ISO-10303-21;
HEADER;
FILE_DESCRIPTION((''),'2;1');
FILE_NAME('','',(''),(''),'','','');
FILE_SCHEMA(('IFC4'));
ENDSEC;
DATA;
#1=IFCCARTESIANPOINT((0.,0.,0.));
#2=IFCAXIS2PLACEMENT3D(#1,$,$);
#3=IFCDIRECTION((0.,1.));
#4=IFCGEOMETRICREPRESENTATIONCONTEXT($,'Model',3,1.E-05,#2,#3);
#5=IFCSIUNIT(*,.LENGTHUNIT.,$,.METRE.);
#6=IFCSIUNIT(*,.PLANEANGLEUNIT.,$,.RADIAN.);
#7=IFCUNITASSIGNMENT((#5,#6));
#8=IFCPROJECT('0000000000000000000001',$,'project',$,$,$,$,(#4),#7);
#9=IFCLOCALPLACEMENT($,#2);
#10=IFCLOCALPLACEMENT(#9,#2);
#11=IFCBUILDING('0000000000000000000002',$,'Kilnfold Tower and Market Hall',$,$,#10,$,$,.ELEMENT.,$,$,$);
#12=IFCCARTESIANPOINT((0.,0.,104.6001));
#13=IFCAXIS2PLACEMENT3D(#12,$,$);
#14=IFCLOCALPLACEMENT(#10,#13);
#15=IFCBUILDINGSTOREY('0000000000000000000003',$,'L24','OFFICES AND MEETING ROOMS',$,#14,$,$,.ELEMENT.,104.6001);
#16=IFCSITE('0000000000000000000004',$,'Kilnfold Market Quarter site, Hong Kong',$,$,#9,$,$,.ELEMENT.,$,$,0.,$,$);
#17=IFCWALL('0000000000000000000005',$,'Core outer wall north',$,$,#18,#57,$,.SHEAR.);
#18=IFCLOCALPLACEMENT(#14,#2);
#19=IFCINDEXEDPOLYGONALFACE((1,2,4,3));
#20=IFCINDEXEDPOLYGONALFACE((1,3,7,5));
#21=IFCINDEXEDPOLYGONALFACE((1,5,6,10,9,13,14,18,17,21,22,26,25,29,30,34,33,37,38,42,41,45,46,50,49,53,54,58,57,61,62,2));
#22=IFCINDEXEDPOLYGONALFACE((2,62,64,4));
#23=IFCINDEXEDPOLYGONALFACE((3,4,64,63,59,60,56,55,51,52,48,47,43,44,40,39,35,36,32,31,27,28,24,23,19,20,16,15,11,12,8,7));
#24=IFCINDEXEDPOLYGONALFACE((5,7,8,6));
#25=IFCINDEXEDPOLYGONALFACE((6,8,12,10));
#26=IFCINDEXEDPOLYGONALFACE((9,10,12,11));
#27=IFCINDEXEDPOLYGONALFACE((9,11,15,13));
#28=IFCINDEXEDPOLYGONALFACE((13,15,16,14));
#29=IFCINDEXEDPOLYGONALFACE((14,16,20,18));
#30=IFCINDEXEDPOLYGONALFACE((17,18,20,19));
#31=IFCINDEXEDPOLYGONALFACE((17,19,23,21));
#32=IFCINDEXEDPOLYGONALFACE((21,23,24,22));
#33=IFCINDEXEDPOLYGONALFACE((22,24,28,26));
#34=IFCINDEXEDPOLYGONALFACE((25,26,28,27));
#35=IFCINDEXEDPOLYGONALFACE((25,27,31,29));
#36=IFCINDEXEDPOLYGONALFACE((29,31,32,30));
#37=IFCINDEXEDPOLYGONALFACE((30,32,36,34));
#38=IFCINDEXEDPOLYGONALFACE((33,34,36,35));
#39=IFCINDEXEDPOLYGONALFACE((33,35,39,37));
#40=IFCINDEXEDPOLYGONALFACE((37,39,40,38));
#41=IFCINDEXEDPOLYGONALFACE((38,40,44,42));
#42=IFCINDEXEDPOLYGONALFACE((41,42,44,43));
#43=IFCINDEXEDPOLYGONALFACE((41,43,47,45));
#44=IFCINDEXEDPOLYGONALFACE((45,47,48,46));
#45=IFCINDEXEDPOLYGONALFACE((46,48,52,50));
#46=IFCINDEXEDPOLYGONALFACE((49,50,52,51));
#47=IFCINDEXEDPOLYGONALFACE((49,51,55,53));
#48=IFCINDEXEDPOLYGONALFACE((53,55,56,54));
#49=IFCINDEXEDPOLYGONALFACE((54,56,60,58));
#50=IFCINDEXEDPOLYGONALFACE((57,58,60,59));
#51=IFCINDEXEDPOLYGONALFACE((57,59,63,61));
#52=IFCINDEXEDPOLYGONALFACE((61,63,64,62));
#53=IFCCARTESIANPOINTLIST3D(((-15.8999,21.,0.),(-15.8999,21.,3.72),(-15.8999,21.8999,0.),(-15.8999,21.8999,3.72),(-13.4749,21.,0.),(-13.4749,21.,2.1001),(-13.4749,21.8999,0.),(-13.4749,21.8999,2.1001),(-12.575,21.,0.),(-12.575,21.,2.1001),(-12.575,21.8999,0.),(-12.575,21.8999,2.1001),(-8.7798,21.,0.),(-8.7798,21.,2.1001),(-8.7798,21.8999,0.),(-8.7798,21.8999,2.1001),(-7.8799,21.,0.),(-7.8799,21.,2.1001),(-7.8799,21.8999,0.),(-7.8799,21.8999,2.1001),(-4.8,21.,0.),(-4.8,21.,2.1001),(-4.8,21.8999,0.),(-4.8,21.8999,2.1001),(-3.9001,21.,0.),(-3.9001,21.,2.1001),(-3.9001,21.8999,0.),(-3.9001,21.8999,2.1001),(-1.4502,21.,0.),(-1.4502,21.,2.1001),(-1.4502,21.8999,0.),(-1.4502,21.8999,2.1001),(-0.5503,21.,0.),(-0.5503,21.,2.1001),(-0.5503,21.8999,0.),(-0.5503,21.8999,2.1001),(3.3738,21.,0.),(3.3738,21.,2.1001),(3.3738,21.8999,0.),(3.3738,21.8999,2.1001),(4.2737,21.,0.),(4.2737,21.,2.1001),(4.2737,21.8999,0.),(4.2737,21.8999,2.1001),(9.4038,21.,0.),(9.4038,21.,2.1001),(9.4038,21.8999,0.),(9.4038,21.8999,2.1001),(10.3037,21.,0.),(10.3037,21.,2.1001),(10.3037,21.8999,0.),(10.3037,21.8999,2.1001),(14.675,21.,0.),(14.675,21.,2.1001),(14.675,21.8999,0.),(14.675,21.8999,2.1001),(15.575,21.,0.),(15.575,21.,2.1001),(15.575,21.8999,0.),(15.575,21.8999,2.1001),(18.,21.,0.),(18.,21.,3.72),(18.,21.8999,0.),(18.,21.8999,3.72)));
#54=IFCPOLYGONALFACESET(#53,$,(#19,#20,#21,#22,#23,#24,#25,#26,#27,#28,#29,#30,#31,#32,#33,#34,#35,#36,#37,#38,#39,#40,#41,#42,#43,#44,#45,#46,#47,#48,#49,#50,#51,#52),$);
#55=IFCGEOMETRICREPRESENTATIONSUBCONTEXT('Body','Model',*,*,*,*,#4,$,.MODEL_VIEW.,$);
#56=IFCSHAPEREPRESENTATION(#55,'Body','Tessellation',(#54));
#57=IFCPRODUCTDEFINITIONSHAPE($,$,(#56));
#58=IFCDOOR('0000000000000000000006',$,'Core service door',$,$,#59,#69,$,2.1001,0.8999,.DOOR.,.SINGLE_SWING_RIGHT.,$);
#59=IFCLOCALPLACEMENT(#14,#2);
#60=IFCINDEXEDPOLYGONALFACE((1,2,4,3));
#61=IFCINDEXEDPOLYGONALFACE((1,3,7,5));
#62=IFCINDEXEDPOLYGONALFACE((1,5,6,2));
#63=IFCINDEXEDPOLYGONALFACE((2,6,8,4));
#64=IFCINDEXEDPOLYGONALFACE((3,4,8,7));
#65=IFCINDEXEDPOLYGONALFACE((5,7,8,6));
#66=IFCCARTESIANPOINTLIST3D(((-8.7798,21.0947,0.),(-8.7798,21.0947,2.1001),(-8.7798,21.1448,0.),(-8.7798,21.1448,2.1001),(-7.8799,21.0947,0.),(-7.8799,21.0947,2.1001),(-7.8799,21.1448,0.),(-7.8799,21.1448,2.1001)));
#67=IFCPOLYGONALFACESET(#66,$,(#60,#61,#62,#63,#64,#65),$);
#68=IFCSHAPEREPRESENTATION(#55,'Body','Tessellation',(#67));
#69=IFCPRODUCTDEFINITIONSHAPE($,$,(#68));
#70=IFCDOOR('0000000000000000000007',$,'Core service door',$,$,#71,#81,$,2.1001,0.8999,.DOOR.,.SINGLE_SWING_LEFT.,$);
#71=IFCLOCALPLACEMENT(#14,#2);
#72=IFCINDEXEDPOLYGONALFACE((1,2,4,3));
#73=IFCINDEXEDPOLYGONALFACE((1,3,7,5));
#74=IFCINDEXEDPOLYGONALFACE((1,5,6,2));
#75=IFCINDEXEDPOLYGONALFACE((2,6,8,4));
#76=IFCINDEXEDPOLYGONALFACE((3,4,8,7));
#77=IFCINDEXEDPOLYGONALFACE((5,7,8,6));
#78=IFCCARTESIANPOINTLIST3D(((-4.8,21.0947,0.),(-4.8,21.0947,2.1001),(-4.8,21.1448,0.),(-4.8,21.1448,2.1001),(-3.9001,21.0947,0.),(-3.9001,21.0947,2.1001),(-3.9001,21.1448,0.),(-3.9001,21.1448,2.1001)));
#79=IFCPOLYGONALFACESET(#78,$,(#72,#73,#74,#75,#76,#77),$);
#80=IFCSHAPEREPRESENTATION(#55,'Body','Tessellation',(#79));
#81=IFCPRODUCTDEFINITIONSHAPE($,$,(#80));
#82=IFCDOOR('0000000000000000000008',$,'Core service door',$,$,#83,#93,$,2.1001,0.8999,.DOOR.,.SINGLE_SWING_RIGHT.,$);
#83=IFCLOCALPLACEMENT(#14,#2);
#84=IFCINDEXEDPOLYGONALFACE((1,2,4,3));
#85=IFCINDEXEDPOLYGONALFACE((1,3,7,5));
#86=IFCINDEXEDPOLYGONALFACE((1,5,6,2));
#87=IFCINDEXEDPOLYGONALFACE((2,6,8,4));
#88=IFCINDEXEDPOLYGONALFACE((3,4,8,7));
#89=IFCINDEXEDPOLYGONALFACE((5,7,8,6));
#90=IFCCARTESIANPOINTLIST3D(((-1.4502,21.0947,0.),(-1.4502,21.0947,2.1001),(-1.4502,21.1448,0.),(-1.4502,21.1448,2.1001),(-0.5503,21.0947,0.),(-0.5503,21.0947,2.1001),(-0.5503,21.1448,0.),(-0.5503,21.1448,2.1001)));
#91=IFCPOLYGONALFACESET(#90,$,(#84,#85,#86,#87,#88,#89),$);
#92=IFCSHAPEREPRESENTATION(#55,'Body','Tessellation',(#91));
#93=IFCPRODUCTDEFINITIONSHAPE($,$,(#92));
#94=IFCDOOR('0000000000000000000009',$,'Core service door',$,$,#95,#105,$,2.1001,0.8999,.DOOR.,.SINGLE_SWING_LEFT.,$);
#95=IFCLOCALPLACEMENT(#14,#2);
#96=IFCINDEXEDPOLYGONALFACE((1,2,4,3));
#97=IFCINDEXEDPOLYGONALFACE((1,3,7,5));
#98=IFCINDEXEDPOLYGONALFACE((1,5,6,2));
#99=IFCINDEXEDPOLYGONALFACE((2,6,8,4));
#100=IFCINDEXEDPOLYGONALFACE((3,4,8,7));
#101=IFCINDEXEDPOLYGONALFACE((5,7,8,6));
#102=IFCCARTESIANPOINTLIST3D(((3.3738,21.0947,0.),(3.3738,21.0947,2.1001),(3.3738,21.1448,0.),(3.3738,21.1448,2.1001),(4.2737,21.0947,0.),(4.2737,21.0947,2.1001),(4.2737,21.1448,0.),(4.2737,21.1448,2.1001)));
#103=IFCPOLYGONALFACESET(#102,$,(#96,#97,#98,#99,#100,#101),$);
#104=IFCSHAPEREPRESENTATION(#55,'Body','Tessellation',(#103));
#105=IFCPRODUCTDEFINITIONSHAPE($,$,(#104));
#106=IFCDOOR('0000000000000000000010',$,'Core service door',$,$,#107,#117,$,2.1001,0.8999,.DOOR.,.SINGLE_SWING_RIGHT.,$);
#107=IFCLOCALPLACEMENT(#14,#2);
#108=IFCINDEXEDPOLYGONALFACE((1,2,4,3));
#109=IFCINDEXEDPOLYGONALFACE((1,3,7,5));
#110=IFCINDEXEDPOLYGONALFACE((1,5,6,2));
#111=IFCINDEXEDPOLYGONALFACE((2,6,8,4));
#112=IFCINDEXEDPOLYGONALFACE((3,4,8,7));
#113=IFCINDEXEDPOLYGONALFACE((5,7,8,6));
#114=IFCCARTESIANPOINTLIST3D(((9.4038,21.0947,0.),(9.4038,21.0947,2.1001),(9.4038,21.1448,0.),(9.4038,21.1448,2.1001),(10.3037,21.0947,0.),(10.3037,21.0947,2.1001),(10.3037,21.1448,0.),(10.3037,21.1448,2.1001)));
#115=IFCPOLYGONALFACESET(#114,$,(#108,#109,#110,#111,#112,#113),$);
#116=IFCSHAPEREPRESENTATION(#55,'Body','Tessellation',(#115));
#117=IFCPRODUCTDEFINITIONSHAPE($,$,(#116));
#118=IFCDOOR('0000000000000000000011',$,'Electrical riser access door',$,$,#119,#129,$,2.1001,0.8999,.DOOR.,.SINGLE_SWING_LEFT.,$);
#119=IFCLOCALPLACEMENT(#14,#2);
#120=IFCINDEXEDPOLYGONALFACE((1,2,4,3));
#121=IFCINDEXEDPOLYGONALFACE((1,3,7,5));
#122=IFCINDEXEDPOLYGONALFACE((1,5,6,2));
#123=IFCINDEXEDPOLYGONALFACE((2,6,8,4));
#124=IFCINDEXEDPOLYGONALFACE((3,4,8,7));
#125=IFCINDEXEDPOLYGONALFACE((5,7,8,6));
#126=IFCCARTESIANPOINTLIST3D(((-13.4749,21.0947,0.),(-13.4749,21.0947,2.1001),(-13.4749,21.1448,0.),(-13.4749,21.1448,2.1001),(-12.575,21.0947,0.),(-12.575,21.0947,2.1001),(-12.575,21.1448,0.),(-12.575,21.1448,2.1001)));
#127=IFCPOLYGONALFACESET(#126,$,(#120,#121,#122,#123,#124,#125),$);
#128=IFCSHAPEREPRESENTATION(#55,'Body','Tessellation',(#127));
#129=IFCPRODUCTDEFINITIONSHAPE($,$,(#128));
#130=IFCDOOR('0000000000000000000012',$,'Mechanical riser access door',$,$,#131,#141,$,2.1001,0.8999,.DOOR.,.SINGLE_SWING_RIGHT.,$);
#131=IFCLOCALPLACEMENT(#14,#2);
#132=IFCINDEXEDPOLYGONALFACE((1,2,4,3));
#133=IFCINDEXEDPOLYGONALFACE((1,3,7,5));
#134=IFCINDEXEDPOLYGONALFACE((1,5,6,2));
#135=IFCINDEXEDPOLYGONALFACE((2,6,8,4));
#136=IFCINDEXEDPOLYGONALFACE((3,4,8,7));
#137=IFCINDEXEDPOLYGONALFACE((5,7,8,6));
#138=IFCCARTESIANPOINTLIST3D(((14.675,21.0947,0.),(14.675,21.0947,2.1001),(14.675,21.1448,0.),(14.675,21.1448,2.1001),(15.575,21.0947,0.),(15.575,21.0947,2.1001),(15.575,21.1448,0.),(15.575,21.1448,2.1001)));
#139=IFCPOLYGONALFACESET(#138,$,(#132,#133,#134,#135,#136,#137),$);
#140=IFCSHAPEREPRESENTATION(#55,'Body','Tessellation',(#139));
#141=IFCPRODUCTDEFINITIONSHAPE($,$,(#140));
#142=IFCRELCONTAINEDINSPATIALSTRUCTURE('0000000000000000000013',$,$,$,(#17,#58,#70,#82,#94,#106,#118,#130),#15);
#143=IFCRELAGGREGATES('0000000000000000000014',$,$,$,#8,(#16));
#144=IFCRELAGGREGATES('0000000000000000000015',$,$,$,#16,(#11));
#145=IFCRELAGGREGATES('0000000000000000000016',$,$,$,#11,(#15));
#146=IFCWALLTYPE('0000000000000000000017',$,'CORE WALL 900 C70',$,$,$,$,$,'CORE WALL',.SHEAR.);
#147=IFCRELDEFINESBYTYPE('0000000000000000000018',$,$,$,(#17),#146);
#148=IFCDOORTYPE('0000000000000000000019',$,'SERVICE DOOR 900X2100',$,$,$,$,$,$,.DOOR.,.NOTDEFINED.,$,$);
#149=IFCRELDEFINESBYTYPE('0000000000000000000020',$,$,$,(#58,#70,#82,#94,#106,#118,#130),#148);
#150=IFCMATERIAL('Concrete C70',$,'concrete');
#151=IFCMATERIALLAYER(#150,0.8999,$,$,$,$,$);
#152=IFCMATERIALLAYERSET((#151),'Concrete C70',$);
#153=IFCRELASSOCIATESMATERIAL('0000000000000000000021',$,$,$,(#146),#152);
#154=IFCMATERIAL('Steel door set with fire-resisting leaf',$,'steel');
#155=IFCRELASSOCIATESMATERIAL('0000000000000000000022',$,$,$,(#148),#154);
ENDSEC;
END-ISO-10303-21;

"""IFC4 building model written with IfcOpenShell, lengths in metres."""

from ifc_helpers import new_model, si_unit, direction, frame, frame_2d, origin, place, context, subcontext, project, spatial, rectangle, extrude, source, transform, mapped, material, layer, layer_set, type_object, element, fill, save


model = new_model("IFC4")

# Units and contexts
model_context = context("Model", 3, precision=1e-05, world=origin(), true_north=direction((0.0, 1.0)))
body_context = subcontext(model_context, "Body", "Model", "MODEL_VIEW")
ifc_project = project(units=[si_unit("LENGTHUNIT", "METRE"), si_unit("PLANEANGLEUNIT", "RADIAN")], contexts=[model_context])

# Site, building, storey
site_placement = place(None, origin())
site = spatial("IfcSite", under=ifc_project, at=site_placement, Name="Kilnfold Market Quarter site, Hong Kong", CompositionType="ELEMENT", RefElevation=0.0)
building_placement = place(site_placement, origin())
building = spatial("IfcBuilding", under=site, at=building_placement, Name="Kilnfold Tower and Market Hall", CompositionType="ELEMENT")
storey_placement = place(building_placement, frame((0.0, 0.0, 104.6001)))
storey = spatial("IfcBuildingStorey", under=building, at=storey_placement, Name="L24", Description="OFFICES AND MEETING ROOMS", CompositionType="ELEMENT", Elevation=104.6001)

# Wall, openings, doors
ifc_material_1 = material(Name="Concrete C70", Category="concrete")
ifc_layer_1 = layer(ifc_material_1, 0.8999)
ifc_layer_set_1 = layer_set([ifc_layer_1], Name="Concrete C70")
wall_type_1 = type_object("IfcWallType", Name="CORE WALL 900 C70", ElementType="CORE WALL", PredefinedType="SHEAR", material=ifc_layer_set_1)
shared_shape_1 = source(origin(), body_context, "Body", "SweptSolid", [
    extrude(rectangle(XDim=33.8999, YDim=0.8999, at=frame_2d((16.95, 0.0))), origin(), (0.0, 0.0, 1.0), 3.72),
])
wall_1_placement = place(storey_placement, frame((-15.8999, 21.45, 0.0), z_axis=(0.0, 0.0, 1.0), x_axis=(1.0, 0.0, 0.0)))
wall_1 = element("IfcWall", 1, at=wall_1_placement, inside=storey, type_object=wall_type_1, Name="Core outer wall north", PredefinedType="SHEAR", context=body_context, shape_type="MappedRepresentation", body=[
    mapped(shared_shape_1, transform((0.0, 0.0, 0.0))),
])
opening_1_placement = place(wall_1_placement, frame((7.1201, 0.0, 0.0)))
opening_1 = element("IfcOpeningElement", 2, at=opening_1_placement, cuts=wall_1, PredefinedType="OPENING", context=body_context, shape_type="SweptSolid", body=[
    extrude(rectangle(XDim=0.8999, YDim=2.1001, at=frame_2d((0.45, 1.05))), frame((0.0, 0.46, 0.0), z_axis=(0.0, -1.0, 0.0), x_axis=(1.0, 0.0, 0.0)), (0.0, 0.0, 1.0), 0.9199),
])
opening_2_placement = place(wall_1_placement, frame((11.0999, 0.0, 0.0)))
opening_2 = element("IfcOpeningElement", 3, at=opening_2_placement, cuts=wall_1, PredefinedType="OPENING", context=body_context, shape_type="SweptSolid", body=[
    extrude(rectangle(XDim=0.8999, YDim=2.1001, at=frame_2d((0.45, 1.05))), frame((0.0, 0.46, 0.0), z_axis=(0.0, -1.0, 0.0), x_axis=(1.0, 0.0, 0.0)), (0.0, 0.0, 1.0), 0.9199),
])
opening_3_placement = place(wall_1_placement, frame((14.4497, 0.0, 0.0)))
opening_3 = element("IfcOpeningElement", 4, at=opening_3_placement, cuts=wall_1, PredefinedType="OPENING", context=body_context, shape_type="SweptSolid", body=[
    extrude(rectangle(XDim=0.8999, YDim=2.1001, at=frame_2d((0.45, 1.05))), frame((0.0, 0.46, 0.0), z_axis=(0.0, -1.0, 0.0), x_axis=(1.0, 0.0, 0.0)), (0.0, 0.0, 1.0), 0.9199),
])
opening_4_placement = place(wall_1_placement, frame((19.2737, 0.0, 0.0)))
opening_4 = element("IfcOpeningElement", 5, at=opening_4_placement, cuts=wall_1, PredefinedType="OPENING", context=body_context, shape_type="SweptSolid", body=[
    extrude(rectangle(XDim=0.8999, YDim=2.1001, at=frame_2d((0.45, 1.05))), frame((0.0, 0.46, 0.0), z_axis=(0.0, -1.0, 0.0), x_axis=(1.0, 0.0, 0.0)), (0.0, 0.0, 1.0), 0.9199),
])
opening_5_placement = place(wall_1_placement, frame((25.3037, 0.0, 0.0)))
opening_5 = element("IfcOpeningElement", 6, at=opening_5_placement, cuts=wall_1, PredefinedType="OPENING", context=body_context, shape_type="SweptSolid", body=[
    extrude(rectangle(XDim=0.8999, YDim=2.1001, at=frame_2d((0.45, 1.05))), frame((0.0, 0.46, 0.0), z_axis=(0.0, -1.0, 0.0), x_axis=(1.0, 0.0, 0.0)), (0.0, 0.0, 1.0), 0.9199),
])
opening_6_placement = place(wall_1_placement, frame((2.425, 0.0, 0.0)))
opening_6 = element("IfcOpeningElement", 7, at=opening_6_placement, cuts=wall_1, PredefinedType="OPENING", context=body_context, shape_type="SweptSolid", body=[
    extrude(rectangle(XDim=0.8999, YDim=2.1001, at=frame_2d((0.45, 1.05))), frame((0.0, 0.46, 0.0), z_axis=(0.0, -1.0, 0.0), x_axis=(1.0, 0.0, 0.0)), (0.0, 0.0, 1.0), 0.9199),
])
opening_7_placement = place(wall_1_placement, frame((30.575, 0.0, 0.0)))
opening_7 = element("IfcOpeningElement", 8, at=opening_7_placement, cuts=wall_1, PredefinedType="OPENING", context=body_context, shape_type="SweptSolid", body=[
    extrude(rectangle(XDim=0.8999, YDim=2.1001, at=frame_2d((0.45, 1.05))), frame((0.0, 0.46, 0.0), z_axis=(0.0, -1.0, 0.0), x_axis=(1.0, 0.0, 0.0)), (0.0, 0.0, 1.0), 0.9199),
])
ifc_material_2 = material(Name="Steel door set with fire-resisting leaf", Category="steel")
door_type_1 = type_object("IfcDoorType", Name="SERVICE DOOR 900X2100", OperationType="NOTDEFINED", PredefinedType="DOOR", material=ifc_material_2)
door_1_placement = place(opening_1_placement, origin())
door_1 = element("IfcDoor", 9, at=door_1_placement, inside=storey, type_object=door_type_1, Name="Core service door", OperationType="SINGLE_SWING_RIGHT", OverallHeight=2.1001, OverallWidth=0.8999, PredefinedType="DOOR", context=body_context, shape_type="SweptSolid", body=[
    extrude(rectangle(XDim=0.8999, YDim=2.1001, at=frame_2d((0.45, 1.05))), frame((0.0, -0.3052, 0.0), z_axis=(0.0, -1.0, 0.0), x_axis=(1.0, 0.0, 0.0)), (0.0, 0.0, 1.0), 0.05),
])
fill(opening_1, door_1)
door_2_placement = place(opening_2_placement, origin())
door_2 = element("IfcDoor", 10, at=door_2_placement, inside=storey, type_object=door_type_1, Name="Core service door", OperationType="SINGLE_SWING_LEFT", OverallHeight=2.1001, OverallWidth=0.8999, PredefinedType="DOOR", context=body_context, shape_type="SweptSolid", body=[
    extrude(rectangle(XDim=0.8999, YDim=2.1001, at=frame_2d((0.45, 1.05))), frame((0.0, -0.3052, 0.0), z_axis=(0.0, -1.0, 0.0), x_axis=(1.0, 0.0, 0.0)), (0.0, 0.0, 1.0), 0.05),
])
fill(opening_2, door_2)
door_3_placement = place(opening_3_placement, origin())
door_3 = element("IfcDoor", 11, at=door_3_placement, inside=storey, type_object=door_type_1, Name="Core service door", OperationType="SINGLE_SWING_RIGHT", OverallHeight=2.1001, OverallWidth=0.8999, PredefinedType="DOOR", context=body_context, shape_type="SweptSolid", body=[
    extrude(rectangle(XDim=0.8999, YDim=2.1001, at=frame_2d((0.45, 1.05))), frame((0.0, -0.3052, 0.0), z_axis=(0.0, -1.0, 0.0), x_axis=(1.0, 0.0, 0.0)), (0.0, 0.0, 1.0), 0.05),
])
fill(opening_3, door_3)
door_4_placement = place(opening_4_placement, origin())
door_4 = element("IfcDoor", 12, at=door_4_placement, inside=storey, type_object=door_type_1, Name="Core service door", OperationType="SINGLE_SWING_LEFT", OverallHeight=2.1001, OverallWidth=0.8999, PredefinedType="DOOR", context=body_context, shape_type="SweptSolid", body=[
    extrude(rectangle(XDim=0.8999, YDim=2.1001, at=frame_2d((0.45, 1.05))), frame((0.0, -0.3052, 0.0), z_axis=(0.0, -1.0, 0.0), x_axis=(1.0, 0.0, 0.0)), (0.0, 0.0, 1.0), 0.05),
])
fill(opening_4, door_4)
door_5_placement = place(opening_5_placement, origin())
door_5 = element("IfcDoor", 13, at=door_5_placement, inside=storey, type_object=door_type_1, Name="Core service door", OperationType="SINGLE_SWING_RIGHT", OverallHeight=2.1001, OverallWidth=0.8999, PredefinedType="DOOR", context=body_context, shape_type="SweptSolid", body=[
    extrude(rectangle(XDim=0.8999, YDim=2.1001, at=frame_2d((0.45, 1.05))), frame((0.0, -0.3052, 0.0), z_axis=(0.0, -1.0, 0.0), x_axis=(1.0, 0.0, 0.0)), (0.0, 0.0, 1.0), 0.05),
])
fill(opening_5, door_5)
door_6_placement = place(opening_6_placement, origin())
door_6 = element("IfcDoor", 14, at=door_6_placement, inside=storey, type_object=door_type_1, Name="Electrical riser access door", OperationType="SINGLE_SWING_LEFT", OverallHeight=2.1001, OverallWidth=0.8999, PredefinedType="DOOR", context=body_context, shape_type="SweptSolid", body=[
    extrude(rectangle(XDim=0.8999, YDim=2.1001, at=frame_2d((0.45, 1.05))), frame((0.0, -0.3052, 0.0), z_axis=(0.0, -1.0, 0.0), x_axis=(1.0, 0.0, 0.0)), (0.0, 0.0, 1.0), 0.05),
])
fill(opening_6, door_6)
door_7_placement = place(opening_7_placement, origin())
door_7 = element("IfcDoor", 15, at=door_7_placement, inside=storey, type_object=door_type_1, Name="Mechanical riser access door", OperationType="SINGLE_SWING_RIGHT", OverallHeight=2.1001, OverallWidth=0.8999, PredefinedType="DOOR", context=body_context, shape_type="SweptSolid", body=[
    extrude(rectangle(XDim=0.8999, YDim=2.1001, at=frame_2d((0.45, 1.05))), frame((0.0, -0.3052, 0.0), z_axis=(0.0, -1.0, 0.0), x_axis=(1.0, 0.0, 0.0)), (0.0, 0.0, 1.0), 0.05),
])
fill(opening_7, door_7)

save(model, "model.ifc")
